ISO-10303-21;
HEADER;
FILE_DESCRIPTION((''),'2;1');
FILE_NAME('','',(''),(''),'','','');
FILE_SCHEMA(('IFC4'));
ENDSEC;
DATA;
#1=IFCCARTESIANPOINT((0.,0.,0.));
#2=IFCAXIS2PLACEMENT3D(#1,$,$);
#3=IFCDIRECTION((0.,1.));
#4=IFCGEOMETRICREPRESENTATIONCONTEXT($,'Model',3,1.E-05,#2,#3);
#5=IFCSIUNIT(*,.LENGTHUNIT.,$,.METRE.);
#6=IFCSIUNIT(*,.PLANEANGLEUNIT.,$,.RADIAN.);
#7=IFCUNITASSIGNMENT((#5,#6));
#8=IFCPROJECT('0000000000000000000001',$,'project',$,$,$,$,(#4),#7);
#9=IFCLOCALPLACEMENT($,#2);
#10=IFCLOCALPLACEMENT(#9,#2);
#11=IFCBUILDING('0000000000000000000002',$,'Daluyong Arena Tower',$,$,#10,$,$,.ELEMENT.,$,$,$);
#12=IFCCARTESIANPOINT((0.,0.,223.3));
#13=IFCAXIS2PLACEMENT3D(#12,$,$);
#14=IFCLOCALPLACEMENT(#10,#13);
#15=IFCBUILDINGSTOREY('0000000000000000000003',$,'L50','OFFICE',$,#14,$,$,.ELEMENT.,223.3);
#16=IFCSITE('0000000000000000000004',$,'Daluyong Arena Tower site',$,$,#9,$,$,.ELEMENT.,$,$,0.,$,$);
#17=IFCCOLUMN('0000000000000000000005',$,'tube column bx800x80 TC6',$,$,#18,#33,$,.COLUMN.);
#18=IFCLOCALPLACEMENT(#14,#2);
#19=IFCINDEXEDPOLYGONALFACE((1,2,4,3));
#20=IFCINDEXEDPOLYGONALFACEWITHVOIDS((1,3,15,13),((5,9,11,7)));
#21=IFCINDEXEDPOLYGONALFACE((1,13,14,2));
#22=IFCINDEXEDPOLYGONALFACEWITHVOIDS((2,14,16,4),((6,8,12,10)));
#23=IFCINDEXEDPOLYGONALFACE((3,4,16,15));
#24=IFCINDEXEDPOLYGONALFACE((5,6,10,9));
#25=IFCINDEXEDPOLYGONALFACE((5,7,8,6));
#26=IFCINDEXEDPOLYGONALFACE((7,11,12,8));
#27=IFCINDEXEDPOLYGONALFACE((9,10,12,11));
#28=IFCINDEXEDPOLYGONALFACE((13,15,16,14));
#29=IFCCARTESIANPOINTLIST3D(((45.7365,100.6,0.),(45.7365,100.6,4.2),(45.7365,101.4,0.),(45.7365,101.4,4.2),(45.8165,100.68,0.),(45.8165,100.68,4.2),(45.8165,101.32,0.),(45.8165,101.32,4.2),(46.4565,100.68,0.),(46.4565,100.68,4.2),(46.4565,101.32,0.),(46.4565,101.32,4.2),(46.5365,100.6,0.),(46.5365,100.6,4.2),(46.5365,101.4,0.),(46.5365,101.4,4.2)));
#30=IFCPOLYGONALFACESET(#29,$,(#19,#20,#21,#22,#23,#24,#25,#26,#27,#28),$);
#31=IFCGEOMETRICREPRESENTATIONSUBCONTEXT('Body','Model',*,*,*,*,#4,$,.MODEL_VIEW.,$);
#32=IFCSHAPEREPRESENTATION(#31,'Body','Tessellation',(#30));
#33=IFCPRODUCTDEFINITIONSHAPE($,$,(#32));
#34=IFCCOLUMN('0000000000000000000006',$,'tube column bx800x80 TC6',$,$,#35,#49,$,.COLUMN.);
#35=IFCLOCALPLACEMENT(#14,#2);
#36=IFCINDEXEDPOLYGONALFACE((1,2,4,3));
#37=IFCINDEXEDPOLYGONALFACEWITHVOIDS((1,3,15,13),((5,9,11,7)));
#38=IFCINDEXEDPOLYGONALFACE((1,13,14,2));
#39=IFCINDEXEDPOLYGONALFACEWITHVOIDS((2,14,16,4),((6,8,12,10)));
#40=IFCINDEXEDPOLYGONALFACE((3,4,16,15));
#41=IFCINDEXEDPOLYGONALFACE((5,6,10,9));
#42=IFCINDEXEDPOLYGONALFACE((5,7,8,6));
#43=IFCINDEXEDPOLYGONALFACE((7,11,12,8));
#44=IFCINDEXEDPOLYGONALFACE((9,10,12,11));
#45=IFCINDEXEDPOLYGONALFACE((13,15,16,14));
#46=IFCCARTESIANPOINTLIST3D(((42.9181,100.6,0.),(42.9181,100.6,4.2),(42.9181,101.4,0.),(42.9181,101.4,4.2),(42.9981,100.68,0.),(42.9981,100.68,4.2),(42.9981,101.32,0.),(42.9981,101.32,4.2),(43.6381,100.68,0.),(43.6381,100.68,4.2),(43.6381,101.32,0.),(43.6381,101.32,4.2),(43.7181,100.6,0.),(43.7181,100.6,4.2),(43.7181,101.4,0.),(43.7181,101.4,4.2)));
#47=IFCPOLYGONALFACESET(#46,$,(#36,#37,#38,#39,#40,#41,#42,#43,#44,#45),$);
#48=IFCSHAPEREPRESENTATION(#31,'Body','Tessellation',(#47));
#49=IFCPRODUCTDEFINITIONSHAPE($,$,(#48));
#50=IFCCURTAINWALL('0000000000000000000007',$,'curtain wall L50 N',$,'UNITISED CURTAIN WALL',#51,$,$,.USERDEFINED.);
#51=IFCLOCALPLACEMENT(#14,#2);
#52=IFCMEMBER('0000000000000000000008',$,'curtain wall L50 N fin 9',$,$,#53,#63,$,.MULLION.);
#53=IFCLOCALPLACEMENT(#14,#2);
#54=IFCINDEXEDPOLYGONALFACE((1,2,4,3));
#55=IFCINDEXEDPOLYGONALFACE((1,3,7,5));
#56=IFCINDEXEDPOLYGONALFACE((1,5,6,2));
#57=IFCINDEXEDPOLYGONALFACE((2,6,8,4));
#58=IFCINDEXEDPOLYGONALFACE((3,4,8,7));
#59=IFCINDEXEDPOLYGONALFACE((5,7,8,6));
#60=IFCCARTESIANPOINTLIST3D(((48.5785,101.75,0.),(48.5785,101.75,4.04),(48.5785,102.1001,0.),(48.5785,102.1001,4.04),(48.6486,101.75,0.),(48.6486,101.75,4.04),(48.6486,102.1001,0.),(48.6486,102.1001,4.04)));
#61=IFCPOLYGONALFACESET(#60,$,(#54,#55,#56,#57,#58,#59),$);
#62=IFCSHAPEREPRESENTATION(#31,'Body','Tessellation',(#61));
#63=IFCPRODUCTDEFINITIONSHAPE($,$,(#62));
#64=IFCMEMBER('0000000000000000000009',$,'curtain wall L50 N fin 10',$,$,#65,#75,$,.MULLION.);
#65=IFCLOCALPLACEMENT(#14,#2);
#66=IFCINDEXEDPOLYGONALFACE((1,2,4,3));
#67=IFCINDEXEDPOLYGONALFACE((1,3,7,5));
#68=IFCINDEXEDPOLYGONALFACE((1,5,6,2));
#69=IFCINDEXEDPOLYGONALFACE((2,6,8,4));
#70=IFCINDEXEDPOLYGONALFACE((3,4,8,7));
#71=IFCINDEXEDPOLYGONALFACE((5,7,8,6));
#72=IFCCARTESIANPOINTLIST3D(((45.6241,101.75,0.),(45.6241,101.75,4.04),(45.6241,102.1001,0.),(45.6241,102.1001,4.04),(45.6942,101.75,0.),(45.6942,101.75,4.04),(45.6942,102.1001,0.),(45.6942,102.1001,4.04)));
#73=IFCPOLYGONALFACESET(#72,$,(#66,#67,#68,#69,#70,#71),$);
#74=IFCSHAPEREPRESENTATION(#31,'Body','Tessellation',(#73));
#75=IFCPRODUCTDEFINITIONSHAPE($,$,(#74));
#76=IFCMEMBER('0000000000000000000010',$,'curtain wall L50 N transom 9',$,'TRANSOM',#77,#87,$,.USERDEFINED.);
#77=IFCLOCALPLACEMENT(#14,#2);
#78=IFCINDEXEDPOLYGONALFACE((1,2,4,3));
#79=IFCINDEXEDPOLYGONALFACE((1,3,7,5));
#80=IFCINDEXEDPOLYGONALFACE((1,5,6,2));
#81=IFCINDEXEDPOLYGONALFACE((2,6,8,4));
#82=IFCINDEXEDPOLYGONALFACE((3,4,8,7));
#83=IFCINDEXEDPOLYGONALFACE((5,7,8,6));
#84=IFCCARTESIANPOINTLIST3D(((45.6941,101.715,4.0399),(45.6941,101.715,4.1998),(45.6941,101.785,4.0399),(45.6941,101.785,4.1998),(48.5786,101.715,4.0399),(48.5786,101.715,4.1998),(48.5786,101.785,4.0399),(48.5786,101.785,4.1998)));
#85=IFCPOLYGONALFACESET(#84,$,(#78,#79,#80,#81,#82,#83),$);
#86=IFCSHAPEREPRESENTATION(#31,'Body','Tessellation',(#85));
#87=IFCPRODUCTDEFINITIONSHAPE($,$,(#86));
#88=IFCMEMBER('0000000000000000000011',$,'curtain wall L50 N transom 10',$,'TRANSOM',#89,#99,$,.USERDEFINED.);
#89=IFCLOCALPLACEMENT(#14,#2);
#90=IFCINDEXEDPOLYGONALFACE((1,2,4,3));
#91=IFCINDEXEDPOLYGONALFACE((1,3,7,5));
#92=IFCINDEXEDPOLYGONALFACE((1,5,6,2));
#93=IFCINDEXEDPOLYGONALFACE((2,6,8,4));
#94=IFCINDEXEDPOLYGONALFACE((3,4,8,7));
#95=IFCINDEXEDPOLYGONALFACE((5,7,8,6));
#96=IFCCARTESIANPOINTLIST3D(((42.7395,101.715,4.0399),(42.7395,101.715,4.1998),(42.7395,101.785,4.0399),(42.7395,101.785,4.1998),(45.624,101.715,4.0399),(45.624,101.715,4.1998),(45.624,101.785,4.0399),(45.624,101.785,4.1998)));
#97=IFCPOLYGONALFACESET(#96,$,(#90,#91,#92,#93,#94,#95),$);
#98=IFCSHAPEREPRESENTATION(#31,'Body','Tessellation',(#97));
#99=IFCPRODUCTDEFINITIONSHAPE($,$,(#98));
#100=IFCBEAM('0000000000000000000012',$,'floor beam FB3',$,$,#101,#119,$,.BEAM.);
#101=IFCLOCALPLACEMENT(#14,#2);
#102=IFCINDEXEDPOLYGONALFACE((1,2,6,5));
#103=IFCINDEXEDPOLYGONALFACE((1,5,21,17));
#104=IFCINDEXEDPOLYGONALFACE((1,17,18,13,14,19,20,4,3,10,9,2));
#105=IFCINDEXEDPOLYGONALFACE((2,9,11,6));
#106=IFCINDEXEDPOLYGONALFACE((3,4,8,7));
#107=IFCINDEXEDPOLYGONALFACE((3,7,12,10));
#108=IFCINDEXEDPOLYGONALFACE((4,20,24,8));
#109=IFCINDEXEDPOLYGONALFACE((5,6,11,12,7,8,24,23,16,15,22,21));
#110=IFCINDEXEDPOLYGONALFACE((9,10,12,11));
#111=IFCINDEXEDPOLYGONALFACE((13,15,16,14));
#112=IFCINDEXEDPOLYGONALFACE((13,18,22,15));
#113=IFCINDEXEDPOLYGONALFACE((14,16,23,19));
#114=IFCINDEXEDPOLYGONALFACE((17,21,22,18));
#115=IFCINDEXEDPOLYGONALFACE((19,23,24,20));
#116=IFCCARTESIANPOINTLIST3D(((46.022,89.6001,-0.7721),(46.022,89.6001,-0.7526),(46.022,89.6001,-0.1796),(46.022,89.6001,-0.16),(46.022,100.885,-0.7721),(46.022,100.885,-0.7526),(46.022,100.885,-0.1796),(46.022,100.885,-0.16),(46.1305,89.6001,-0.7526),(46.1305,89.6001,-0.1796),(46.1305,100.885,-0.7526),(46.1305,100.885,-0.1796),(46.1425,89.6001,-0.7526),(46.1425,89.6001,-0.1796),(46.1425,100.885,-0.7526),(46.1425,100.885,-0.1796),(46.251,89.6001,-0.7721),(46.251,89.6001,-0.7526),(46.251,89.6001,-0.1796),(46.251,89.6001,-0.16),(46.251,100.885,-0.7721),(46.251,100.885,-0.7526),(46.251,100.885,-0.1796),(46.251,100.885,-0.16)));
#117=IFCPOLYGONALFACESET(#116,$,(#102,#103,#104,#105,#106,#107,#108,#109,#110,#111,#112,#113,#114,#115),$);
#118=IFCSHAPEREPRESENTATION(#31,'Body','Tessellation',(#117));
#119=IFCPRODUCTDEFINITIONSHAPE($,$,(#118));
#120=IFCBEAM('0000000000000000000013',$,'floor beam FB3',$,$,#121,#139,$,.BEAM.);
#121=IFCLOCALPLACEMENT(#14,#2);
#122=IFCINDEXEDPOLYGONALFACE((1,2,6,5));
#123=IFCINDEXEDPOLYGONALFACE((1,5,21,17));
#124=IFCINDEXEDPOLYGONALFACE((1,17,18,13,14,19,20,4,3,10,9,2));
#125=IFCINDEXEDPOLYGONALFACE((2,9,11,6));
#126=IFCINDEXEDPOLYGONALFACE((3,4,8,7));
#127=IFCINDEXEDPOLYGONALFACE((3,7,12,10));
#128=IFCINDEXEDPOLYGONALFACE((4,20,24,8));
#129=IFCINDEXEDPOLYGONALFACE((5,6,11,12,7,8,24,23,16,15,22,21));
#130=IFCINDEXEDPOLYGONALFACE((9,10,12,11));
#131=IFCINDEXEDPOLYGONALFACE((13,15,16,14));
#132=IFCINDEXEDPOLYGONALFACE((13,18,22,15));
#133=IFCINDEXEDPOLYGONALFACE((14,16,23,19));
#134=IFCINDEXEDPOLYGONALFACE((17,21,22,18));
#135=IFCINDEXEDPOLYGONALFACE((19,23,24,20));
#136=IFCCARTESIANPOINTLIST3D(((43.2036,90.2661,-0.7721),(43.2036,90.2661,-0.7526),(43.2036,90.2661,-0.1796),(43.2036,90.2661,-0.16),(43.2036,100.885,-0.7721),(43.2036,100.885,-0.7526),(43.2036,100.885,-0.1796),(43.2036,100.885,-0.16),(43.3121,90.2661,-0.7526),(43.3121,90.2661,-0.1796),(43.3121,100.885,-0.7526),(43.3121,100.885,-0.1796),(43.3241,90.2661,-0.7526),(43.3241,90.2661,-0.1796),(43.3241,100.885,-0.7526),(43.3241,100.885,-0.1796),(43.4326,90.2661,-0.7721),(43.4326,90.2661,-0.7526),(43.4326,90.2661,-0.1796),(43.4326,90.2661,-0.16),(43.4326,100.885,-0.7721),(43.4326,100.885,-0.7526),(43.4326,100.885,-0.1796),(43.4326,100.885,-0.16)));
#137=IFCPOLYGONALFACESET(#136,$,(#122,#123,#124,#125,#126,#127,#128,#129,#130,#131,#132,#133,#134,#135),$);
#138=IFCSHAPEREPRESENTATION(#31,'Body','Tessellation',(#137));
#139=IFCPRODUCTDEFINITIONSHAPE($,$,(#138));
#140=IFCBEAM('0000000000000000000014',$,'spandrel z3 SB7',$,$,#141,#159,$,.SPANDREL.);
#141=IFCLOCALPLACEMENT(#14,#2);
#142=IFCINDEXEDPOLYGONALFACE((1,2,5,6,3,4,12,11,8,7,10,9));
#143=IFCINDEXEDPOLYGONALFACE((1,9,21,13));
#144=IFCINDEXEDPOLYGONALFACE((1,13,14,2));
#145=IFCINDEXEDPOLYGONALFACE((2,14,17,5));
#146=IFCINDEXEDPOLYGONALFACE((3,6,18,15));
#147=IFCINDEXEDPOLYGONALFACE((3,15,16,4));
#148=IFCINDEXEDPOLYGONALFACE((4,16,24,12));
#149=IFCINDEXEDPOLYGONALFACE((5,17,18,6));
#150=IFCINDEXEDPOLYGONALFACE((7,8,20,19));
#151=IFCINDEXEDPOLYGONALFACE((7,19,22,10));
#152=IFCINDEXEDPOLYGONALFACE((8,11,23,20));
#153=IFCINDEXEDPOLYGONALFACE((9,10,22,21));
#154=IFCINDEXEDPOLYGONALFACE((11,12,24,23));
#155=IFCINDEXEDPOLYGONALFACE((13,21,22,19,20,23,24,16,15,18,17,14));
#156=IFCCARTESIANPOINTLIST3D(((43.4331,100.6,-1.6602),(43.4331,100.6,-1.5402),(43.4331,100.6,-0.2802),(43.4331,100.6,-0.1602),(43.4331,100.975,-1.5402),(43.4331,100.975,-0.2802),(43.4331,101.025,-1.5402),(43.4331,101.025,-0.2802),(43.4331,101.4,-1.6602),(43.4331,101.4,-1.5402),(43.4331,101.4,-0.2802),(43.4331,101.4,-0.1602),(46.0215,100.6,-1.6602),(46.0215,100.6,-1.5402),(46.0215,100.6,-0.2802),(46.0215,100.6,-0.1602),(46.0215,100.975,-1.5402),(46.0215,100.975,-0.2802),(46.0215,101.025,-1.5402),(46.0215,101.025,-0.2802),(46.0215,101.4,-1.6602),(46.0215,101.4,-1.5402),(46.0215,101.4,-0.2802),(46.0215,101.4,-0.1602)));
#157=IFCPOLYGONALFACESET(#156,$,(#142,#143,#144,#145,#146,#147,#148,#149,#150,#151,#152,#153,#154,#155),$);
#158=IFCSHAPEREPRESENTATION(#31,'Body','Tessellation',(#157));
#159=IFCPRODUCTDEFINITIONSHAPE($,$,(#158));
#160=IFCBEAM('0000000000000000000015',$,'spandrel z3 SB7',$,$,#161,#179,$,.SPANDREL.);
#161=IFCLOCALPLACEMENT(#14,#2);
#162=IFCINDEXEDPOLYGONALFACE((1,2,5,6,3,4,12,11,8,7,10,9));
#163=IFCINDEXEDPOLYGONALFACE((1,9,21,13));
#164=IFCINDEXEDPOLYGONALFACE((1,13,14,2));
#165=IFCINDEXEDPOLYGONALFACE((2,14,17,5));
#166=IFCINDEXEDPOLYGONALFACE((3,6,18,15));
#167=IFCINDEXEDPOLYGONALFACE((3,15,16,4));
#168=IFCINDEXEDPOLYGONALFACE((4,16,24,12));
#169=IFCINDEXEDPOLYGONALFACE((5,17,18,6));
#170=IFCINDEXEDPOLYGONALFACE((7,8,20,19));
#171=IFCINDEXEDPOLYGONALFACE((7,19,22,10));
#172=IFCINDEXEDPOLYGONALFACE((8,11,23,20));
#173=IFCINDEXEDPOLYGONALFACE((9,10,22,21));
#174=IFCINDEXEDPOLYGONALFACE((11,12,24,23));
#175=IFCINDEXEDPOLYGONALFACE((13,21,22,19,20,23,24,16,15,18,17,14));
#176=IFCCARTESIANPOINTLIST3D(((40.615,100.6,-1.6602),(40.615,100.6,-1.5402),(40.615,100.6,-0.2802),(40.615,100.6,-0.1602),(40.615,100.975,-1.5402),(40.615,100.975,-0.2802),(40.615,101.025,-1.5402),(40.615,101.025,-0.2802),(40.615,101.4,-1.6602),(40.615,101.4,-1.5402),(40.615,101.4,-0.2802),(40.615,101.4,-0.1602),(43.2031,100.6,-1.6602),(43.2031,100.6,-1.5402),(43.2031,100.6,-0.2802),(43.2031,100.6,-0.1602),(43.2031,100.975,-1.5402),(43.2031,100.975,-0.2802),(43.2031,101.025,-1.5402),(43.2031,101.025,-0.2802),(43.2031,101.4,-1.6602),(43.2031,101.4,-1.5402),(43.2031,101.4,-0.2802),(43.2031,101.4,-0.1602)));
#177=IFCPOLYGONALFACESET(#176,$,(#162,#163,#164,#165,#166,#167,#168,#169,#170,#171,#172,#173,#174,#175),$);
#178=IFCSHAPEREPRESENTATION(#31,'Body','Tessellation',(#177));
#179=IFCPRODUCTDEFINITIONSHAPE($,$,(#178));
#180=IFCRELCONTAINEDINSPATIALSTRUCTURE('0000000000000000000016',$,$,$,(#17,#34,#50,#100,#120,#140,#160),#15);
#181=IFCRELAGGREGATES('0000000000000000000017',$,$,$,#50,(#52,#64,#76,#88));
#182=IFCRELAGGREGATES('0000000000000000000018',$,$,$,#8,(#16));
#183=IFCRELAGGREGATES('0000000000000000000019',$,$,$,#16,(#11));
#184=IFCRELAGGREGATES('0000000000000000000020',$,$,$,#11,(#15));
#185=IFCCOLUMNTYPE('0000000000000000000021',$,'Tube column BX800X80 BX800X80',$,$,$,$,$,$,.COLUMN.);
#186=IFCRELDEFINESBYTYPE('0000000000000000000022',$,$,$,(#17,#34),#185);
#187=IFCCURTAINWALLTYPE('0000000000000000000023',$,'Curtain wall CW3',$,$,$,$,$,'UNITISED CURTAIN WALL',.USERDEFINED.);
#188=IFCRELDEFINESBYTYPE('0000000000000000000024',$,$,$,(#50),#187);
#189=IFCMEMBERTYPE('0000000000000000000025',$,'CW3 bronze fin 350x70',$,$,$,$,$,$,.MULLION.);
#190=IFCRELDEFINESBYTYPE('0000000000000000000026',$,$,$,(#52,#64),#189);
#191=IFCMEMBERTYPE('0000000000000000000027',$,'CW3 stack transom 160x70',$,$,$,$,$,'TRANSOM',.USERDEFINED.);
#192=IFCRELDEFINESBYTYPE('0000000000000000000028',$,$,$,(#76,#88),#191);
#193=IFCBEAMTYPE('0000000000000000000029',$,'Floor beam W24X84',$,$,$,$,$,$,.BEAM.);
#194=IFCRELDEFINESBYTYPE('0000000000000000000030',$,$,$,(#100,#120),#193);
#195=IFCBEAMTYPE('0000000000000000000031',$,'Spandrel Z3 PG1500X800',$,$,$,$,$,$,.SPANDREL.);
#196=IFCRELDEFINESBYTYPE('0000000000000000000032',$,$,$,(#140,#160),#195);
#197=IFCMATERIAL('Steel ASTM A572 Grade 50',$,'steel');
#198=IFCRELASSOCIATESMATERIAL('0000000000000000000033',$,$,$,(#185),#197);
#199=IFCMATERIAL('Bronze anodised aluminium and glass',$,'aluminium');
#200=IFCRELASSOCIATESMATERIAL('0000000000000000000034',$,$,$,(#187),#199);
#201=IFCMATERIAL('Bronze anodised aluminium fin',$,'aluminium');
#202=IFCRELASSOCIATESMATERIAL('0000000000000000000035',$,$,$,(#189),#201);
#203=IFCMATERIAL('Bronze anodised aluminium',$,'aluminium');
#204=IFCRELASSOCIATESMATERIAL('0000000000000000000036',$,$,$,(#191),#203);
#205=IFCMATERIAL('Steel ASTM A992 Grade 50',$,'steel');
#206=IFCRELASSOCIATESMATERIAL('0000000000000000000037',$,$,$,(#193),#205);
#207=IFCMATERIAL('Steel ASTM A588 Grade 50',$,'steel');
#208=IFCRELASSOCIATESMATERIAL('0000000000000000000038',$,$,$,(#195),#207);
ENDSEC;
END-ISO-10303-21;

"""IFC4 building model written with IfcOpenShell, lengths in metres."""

from ifc_helpers import new_model, si_unit, direction, frame, origin, origin_2d, place, context, subcontext, project, spatial, rectangle, hollow_rectangle, i_section, extrude, material, material_profile, profile_set, type_object, element, aggregate, save


model = new_model("IFC4")

# Units and contexts
model_context = context("Model", 3, precision=1e-05, world=origin(), true_north=direction((0.0, 1.0)))
body_context = subcontext(model_context, "Body", "Model", "MODEL_VIEW")
ifc_project = project(units=[si_unit("LENGTHUNIT", "METRE"), si_unit("PLANEANGLEUNIT", "RADIAN")], contexts=[model_context])

# Site, building, storey
site_placement = place(None, origin())
site = spatial("IfcSite", under=ifc_project, at=site_placement, Name="Daluyong Arena Tower site", CompositionType="ELEMENT", RefElevation=0.0)
building_placement = place(site_placement, origin())
building = spatial("IfcBuilding", under=site, at=building_placement, Name="Daluyong Arena Tower", CompositionType="ELEMENT")
storey_placement = place(building_placement, frame((0.0, 0.0, 223.3)))
storey = spatial("IfcBuildingStorey", under=building, at=storey_placement, Name="L50", Description="OFFICE", CompositionType="ELEMENT", Elevation=223.3)

# Columns
ifc_material_1 = material(Name="Steel ASTM A572 Grade 50", Category="steel")
ifc_material_profile_1 = material_profile(ifc_material_1, hollow_rectangle(XDim=0.8, YDim=0.8, WallThickness=0.08, at=origin_2d()))
ifc_profile_set_1 = profile_set([ifc_material_profile_1], Name="Steel ASTM A572 Grade 50")
column_type = type_object("IfcColumnType", Name="Tube column BX800X80 BX800X80", PredefinedType="COLUMN", material=ifc_profile_set_1)
for number, where, z_axis, x_axis, name in (
    (1, (46.1365, 101.0, 0.0), (0.0, 0.0, 1.0), (1.0, 0.0, 0.0), "tube column bx800x80 TC6"),
    (2, (43.3181, 101.0, 0.0), (0.0, 0.0, 1.0), (1.0, 0.0, 0.0), "tube column bx800x80 TC6"),
):
    element("IfcColumn", number, at=place(storey_placement, frame(where, z_axis=z_axis, x_axis=x_axis)), inside=storey, type_object=column_type, Name=name, PredefinedType="COLUMN", context=body_context, shape_type="SweptSolid", body=[
        extrude(hollow_rectangle(XDim=0.8, YDim=0.8, WallThickness=0.08, at=origin_2d()), origin(), (0.0, 0.0, 1.0), 4.2),
    ])

# Curtain wall, members
ifc_material_2 = material(Name="Bronze anodised aluminium and glass", Category="aluminium")
curtain_wall_type = type_object("IfcCurtainWallType", Name="Curtain wall CW3", ElementType="UNITISED CURTAIN WALL", PredefinedType="USERDEFINED", material=ifc_material_2)
curtain_wall_placement = place(storey_placement, origin())
curtain_wall = element("IfcCurtainWall", 3, at=curtain_wall_placement, inside=storey, type_object=curtain_wall_type, Name="curtain wall L50 N", ObjectType="UNITISED CURTAIN WALL", PredefinedType="USERDEFINED")
ifc_material_3 = material(Name="Bronze anodised aluminium fin", Category="aluminium")
ifc_material_profile_2 = material_profile(ifc_material_3, rectangle(XDim=0.3501, YDim=0.0701, at=origin_2d()))
ifc_profile_set_2 = profile_set([ifc_material_profile_2], Name="Bronze anodised aluminium fin")
member_type_1 = type_object("IfcMemberType", Name="CW3 bronze fin 350x70", PredefinedType="MULLION", material=ifc_profile_set_2)
member_1_placement = place(storey_placement, frame((48.6135, 101.925, 0.0), z_axis=(0.0, 0.0, 1.0), x_axis=(0.0, -1.0, 0.0)))
member_1 = element("IfcMember", 4, at=member_1_placement, type_object=member_type_1, Name="curtain wall L50 N fin 9", PredefinedType="MULLION", context=body_context, shape_type="SweptSolid", body=[
    extrude(rectangle(XDim=0.3501, YDim=0.0701, at=origin_2d()), origin(), (0.0, 0.0, 1.0), 4.04),
])
member_2_placement = place(storey_placement, frame((45.6592, 101.925, 0.0), z_axis=(0.0, 0.0, 1.0), x_axis=(0.0, -1.0, 0.0)))
member_2 = element("IfcMember", 5, at=member_2_placement, type_object=member_type_1, Name="curtain wall L50 N fin 10", PredefinedType="MULLION", context=body_context, shape_type="SweptSolid", body=[
    extrude(rectangle(XDim=0.3501, YDim=0.0701, at=origin_2d()), origin(), (0.0, 0.0, 1.0), 4.04),
])
ifc_material_4 = material(Name="Bronze anodised aluminium", Category="aluminium")
ifc_material_profile_3 = material_profile(ifc_material_4, rectangle(XDim=0.0701, YDim=0.1599, at=origin_2d()))
ifc_profile_set_3 = profile_set([ifc_material_profile_3], Name="Bronze anodised aluminium")
member_type_2 = type_object("IfcMemberType", Name="CW3 stack transom 160x70", ElementType="TRANSOM", PredefinedType="USERDEFINED", material=ifc_profile_set_3)
member_3_placement = place(storey_placement, frame((48.5786, 101.75, 4.1199), z_axis=(-1.0, 0.0, 0.0), x_axis=(0.0, -1.0, 0.0)))
member_3 = element("IfcMember", 6, at=member_3_placement, type_object=member_type_2, Name="curtain wall L50 N transom 9", ObjectType="TRANSOM", PredefinedType="USERDEFINED", context=body_context, shape_type="SweptSolid", body=[
    extrude(rectangle(XDim=0.0701, YDim=0.1599, at=origin_2d()), origin(), (0.0, 0.0, 1.0), 2.8845),
])
member_4_placement = place(storey_placement, frame((45.624, 101.75, 4.1199), z_axis=(-1.0, 0.0, 0.0), x_axis=(0.0, -1.0, 0.0)))
member_4 = element("IfcMember", 7, at=member_4_placement, type_object=member_type_2, Name="curtain wall L50 N transom 10", ObjectType="TRANSOM", PredefinedType="USERDEFINED", context=body_context, shape_type="SweptSolid", body=[
    extrude(rectangle(XDim=0.0701, YDim=0.1599, at=origin_2d()), origin(), (0.0, 0.0, 1.0), 2.8845),
])

# Beams
ifc_material_5 = material(Name="Steel ASTM A992 Grade 50", Category="steel")
ifc_material_profile_4 = material_profile(ifc_material_5, i_section(OverallWidth=0.229, OverallDepth=0.6121, WebThickness=0.012, FlangeThickness=0.0195, at=origin_2d()))
ifc_profile_set_4 = profile_set([ifc_material_profile_4], Name="Steel ASTM A992 Grade 50")
beam_type_1 = type_object("IfcBeamType", Name="Floor beam W24X84", PredefinedType="BEAM", material=ifc_profile_set_4)
beam_1_placement = place(storey_placement, frame((46.1365, 100.885, -0.4661), z_axis=(0.0, -1.0, 0.0), x_axis=(1.0, 0.0, 0.0)))
element("IfcBeam", 8, at=beam_1_placement, inside=storey, type_object=beam_type_1, Name="floor beam FB3", PredefinedType="BEAM", context=body_context, shape_type="SweptSolid", body=[
    extrude(i_section(OverallWidth=0.229, OverallDepth=0.6121, WebThickness=0.012, FlangeThickness=0.0195, at=origin_2d()), origin(), (0.0, 0.0, 1.0), 11.2849),
])
beam_2_placement = place(storey_placement, frame((43.3181, 100.885, -0.4661), z_axis=(0.0, -1.0, 0.0), x_axis=(1.0, 0.0, 0.0)))
element("IfcBeam", 9, at=beam_2_placement, inside=storey, type_object=beam_type_1, Name="floor beam FB3", PredefinedType="BEAM", context=body_context, shape_type="SweptSolid", body=[
    extrude(i_section(OverallWidth=0.229, OverallDepth=0.6121, WebThickness=0.012, FlangeThickness=0.0195, at=origin_2d()), origin(), (0.0, 0.0, 1.0), 10.6189),
])
ifc_material_6 = material(Name="Steel ASTM A588 Grade 50", Category="steel")
ifc_material_profile_5 = material_profile(ifc_material_6, i_section(OverallWidth=0.8, OverallDepth=1.5, WebThickness=0.05, FlangeThickness=0.12, at=origin_2d()))
ifc_profile_set_5 = profile_set([ifc_material_profile_5], Name="Steel ASTM A588 Grade 50")
beam_type_2 = type_object("IfcBeamType", Name="Spandrel Z3 PG1500X800", PredefinedType="SPANDREL", material=ifc_profile_set_5)
beam_3_placement = place(storey_placement, frame((46.0215, 101.0, -0.9102), z_axis=(-1.0, 0.0, 0.0), x_axis=(0.0, -1.0, 0.0)))
element("IfcBeam", 10, at=beam_3_placement, inside=storey, type_object=beam_type_2, Name="spandrel z3 SB7", PredefinedType="SPANDREL", context=body_context, shape_type="SweptSolid", body=[
    extrude(i_section(OverallWidth=0.8, OverallDepth=1.5, WebThickness=0.05, FlangeThickness=0.12, at=origin_2d()), origin(), (0.0, 0.0, 1.0), 2.5884),
])
beam_4_placement = place(storey_placement, frame((43.2031, 101.0, -0.9102), z_axis=(-1.0, 0.0, 0.0), x_axis=(0.0, -1.0, 0.0)))
element("IfcBeam", 11, at=beam_4_placement, inside=storey, type_object=beam_type_2, Name="spandrel z3 SB7", PredefinedType="SPANDREL", context=body_context, shape_type="SweptSolid", body=[
    extrude(i_section(OverallWidth=0.8, OverallDepth=1.5, WebThickness=0.05, FlangeThickness=0.12, at=origin_2d()), origin(), (0.0, 0.0, 1.0), 2.5881),
])

aggregate(curtain_wall, [member_1, member_2, member_3, member_4])

save(model, "model.ifc")
